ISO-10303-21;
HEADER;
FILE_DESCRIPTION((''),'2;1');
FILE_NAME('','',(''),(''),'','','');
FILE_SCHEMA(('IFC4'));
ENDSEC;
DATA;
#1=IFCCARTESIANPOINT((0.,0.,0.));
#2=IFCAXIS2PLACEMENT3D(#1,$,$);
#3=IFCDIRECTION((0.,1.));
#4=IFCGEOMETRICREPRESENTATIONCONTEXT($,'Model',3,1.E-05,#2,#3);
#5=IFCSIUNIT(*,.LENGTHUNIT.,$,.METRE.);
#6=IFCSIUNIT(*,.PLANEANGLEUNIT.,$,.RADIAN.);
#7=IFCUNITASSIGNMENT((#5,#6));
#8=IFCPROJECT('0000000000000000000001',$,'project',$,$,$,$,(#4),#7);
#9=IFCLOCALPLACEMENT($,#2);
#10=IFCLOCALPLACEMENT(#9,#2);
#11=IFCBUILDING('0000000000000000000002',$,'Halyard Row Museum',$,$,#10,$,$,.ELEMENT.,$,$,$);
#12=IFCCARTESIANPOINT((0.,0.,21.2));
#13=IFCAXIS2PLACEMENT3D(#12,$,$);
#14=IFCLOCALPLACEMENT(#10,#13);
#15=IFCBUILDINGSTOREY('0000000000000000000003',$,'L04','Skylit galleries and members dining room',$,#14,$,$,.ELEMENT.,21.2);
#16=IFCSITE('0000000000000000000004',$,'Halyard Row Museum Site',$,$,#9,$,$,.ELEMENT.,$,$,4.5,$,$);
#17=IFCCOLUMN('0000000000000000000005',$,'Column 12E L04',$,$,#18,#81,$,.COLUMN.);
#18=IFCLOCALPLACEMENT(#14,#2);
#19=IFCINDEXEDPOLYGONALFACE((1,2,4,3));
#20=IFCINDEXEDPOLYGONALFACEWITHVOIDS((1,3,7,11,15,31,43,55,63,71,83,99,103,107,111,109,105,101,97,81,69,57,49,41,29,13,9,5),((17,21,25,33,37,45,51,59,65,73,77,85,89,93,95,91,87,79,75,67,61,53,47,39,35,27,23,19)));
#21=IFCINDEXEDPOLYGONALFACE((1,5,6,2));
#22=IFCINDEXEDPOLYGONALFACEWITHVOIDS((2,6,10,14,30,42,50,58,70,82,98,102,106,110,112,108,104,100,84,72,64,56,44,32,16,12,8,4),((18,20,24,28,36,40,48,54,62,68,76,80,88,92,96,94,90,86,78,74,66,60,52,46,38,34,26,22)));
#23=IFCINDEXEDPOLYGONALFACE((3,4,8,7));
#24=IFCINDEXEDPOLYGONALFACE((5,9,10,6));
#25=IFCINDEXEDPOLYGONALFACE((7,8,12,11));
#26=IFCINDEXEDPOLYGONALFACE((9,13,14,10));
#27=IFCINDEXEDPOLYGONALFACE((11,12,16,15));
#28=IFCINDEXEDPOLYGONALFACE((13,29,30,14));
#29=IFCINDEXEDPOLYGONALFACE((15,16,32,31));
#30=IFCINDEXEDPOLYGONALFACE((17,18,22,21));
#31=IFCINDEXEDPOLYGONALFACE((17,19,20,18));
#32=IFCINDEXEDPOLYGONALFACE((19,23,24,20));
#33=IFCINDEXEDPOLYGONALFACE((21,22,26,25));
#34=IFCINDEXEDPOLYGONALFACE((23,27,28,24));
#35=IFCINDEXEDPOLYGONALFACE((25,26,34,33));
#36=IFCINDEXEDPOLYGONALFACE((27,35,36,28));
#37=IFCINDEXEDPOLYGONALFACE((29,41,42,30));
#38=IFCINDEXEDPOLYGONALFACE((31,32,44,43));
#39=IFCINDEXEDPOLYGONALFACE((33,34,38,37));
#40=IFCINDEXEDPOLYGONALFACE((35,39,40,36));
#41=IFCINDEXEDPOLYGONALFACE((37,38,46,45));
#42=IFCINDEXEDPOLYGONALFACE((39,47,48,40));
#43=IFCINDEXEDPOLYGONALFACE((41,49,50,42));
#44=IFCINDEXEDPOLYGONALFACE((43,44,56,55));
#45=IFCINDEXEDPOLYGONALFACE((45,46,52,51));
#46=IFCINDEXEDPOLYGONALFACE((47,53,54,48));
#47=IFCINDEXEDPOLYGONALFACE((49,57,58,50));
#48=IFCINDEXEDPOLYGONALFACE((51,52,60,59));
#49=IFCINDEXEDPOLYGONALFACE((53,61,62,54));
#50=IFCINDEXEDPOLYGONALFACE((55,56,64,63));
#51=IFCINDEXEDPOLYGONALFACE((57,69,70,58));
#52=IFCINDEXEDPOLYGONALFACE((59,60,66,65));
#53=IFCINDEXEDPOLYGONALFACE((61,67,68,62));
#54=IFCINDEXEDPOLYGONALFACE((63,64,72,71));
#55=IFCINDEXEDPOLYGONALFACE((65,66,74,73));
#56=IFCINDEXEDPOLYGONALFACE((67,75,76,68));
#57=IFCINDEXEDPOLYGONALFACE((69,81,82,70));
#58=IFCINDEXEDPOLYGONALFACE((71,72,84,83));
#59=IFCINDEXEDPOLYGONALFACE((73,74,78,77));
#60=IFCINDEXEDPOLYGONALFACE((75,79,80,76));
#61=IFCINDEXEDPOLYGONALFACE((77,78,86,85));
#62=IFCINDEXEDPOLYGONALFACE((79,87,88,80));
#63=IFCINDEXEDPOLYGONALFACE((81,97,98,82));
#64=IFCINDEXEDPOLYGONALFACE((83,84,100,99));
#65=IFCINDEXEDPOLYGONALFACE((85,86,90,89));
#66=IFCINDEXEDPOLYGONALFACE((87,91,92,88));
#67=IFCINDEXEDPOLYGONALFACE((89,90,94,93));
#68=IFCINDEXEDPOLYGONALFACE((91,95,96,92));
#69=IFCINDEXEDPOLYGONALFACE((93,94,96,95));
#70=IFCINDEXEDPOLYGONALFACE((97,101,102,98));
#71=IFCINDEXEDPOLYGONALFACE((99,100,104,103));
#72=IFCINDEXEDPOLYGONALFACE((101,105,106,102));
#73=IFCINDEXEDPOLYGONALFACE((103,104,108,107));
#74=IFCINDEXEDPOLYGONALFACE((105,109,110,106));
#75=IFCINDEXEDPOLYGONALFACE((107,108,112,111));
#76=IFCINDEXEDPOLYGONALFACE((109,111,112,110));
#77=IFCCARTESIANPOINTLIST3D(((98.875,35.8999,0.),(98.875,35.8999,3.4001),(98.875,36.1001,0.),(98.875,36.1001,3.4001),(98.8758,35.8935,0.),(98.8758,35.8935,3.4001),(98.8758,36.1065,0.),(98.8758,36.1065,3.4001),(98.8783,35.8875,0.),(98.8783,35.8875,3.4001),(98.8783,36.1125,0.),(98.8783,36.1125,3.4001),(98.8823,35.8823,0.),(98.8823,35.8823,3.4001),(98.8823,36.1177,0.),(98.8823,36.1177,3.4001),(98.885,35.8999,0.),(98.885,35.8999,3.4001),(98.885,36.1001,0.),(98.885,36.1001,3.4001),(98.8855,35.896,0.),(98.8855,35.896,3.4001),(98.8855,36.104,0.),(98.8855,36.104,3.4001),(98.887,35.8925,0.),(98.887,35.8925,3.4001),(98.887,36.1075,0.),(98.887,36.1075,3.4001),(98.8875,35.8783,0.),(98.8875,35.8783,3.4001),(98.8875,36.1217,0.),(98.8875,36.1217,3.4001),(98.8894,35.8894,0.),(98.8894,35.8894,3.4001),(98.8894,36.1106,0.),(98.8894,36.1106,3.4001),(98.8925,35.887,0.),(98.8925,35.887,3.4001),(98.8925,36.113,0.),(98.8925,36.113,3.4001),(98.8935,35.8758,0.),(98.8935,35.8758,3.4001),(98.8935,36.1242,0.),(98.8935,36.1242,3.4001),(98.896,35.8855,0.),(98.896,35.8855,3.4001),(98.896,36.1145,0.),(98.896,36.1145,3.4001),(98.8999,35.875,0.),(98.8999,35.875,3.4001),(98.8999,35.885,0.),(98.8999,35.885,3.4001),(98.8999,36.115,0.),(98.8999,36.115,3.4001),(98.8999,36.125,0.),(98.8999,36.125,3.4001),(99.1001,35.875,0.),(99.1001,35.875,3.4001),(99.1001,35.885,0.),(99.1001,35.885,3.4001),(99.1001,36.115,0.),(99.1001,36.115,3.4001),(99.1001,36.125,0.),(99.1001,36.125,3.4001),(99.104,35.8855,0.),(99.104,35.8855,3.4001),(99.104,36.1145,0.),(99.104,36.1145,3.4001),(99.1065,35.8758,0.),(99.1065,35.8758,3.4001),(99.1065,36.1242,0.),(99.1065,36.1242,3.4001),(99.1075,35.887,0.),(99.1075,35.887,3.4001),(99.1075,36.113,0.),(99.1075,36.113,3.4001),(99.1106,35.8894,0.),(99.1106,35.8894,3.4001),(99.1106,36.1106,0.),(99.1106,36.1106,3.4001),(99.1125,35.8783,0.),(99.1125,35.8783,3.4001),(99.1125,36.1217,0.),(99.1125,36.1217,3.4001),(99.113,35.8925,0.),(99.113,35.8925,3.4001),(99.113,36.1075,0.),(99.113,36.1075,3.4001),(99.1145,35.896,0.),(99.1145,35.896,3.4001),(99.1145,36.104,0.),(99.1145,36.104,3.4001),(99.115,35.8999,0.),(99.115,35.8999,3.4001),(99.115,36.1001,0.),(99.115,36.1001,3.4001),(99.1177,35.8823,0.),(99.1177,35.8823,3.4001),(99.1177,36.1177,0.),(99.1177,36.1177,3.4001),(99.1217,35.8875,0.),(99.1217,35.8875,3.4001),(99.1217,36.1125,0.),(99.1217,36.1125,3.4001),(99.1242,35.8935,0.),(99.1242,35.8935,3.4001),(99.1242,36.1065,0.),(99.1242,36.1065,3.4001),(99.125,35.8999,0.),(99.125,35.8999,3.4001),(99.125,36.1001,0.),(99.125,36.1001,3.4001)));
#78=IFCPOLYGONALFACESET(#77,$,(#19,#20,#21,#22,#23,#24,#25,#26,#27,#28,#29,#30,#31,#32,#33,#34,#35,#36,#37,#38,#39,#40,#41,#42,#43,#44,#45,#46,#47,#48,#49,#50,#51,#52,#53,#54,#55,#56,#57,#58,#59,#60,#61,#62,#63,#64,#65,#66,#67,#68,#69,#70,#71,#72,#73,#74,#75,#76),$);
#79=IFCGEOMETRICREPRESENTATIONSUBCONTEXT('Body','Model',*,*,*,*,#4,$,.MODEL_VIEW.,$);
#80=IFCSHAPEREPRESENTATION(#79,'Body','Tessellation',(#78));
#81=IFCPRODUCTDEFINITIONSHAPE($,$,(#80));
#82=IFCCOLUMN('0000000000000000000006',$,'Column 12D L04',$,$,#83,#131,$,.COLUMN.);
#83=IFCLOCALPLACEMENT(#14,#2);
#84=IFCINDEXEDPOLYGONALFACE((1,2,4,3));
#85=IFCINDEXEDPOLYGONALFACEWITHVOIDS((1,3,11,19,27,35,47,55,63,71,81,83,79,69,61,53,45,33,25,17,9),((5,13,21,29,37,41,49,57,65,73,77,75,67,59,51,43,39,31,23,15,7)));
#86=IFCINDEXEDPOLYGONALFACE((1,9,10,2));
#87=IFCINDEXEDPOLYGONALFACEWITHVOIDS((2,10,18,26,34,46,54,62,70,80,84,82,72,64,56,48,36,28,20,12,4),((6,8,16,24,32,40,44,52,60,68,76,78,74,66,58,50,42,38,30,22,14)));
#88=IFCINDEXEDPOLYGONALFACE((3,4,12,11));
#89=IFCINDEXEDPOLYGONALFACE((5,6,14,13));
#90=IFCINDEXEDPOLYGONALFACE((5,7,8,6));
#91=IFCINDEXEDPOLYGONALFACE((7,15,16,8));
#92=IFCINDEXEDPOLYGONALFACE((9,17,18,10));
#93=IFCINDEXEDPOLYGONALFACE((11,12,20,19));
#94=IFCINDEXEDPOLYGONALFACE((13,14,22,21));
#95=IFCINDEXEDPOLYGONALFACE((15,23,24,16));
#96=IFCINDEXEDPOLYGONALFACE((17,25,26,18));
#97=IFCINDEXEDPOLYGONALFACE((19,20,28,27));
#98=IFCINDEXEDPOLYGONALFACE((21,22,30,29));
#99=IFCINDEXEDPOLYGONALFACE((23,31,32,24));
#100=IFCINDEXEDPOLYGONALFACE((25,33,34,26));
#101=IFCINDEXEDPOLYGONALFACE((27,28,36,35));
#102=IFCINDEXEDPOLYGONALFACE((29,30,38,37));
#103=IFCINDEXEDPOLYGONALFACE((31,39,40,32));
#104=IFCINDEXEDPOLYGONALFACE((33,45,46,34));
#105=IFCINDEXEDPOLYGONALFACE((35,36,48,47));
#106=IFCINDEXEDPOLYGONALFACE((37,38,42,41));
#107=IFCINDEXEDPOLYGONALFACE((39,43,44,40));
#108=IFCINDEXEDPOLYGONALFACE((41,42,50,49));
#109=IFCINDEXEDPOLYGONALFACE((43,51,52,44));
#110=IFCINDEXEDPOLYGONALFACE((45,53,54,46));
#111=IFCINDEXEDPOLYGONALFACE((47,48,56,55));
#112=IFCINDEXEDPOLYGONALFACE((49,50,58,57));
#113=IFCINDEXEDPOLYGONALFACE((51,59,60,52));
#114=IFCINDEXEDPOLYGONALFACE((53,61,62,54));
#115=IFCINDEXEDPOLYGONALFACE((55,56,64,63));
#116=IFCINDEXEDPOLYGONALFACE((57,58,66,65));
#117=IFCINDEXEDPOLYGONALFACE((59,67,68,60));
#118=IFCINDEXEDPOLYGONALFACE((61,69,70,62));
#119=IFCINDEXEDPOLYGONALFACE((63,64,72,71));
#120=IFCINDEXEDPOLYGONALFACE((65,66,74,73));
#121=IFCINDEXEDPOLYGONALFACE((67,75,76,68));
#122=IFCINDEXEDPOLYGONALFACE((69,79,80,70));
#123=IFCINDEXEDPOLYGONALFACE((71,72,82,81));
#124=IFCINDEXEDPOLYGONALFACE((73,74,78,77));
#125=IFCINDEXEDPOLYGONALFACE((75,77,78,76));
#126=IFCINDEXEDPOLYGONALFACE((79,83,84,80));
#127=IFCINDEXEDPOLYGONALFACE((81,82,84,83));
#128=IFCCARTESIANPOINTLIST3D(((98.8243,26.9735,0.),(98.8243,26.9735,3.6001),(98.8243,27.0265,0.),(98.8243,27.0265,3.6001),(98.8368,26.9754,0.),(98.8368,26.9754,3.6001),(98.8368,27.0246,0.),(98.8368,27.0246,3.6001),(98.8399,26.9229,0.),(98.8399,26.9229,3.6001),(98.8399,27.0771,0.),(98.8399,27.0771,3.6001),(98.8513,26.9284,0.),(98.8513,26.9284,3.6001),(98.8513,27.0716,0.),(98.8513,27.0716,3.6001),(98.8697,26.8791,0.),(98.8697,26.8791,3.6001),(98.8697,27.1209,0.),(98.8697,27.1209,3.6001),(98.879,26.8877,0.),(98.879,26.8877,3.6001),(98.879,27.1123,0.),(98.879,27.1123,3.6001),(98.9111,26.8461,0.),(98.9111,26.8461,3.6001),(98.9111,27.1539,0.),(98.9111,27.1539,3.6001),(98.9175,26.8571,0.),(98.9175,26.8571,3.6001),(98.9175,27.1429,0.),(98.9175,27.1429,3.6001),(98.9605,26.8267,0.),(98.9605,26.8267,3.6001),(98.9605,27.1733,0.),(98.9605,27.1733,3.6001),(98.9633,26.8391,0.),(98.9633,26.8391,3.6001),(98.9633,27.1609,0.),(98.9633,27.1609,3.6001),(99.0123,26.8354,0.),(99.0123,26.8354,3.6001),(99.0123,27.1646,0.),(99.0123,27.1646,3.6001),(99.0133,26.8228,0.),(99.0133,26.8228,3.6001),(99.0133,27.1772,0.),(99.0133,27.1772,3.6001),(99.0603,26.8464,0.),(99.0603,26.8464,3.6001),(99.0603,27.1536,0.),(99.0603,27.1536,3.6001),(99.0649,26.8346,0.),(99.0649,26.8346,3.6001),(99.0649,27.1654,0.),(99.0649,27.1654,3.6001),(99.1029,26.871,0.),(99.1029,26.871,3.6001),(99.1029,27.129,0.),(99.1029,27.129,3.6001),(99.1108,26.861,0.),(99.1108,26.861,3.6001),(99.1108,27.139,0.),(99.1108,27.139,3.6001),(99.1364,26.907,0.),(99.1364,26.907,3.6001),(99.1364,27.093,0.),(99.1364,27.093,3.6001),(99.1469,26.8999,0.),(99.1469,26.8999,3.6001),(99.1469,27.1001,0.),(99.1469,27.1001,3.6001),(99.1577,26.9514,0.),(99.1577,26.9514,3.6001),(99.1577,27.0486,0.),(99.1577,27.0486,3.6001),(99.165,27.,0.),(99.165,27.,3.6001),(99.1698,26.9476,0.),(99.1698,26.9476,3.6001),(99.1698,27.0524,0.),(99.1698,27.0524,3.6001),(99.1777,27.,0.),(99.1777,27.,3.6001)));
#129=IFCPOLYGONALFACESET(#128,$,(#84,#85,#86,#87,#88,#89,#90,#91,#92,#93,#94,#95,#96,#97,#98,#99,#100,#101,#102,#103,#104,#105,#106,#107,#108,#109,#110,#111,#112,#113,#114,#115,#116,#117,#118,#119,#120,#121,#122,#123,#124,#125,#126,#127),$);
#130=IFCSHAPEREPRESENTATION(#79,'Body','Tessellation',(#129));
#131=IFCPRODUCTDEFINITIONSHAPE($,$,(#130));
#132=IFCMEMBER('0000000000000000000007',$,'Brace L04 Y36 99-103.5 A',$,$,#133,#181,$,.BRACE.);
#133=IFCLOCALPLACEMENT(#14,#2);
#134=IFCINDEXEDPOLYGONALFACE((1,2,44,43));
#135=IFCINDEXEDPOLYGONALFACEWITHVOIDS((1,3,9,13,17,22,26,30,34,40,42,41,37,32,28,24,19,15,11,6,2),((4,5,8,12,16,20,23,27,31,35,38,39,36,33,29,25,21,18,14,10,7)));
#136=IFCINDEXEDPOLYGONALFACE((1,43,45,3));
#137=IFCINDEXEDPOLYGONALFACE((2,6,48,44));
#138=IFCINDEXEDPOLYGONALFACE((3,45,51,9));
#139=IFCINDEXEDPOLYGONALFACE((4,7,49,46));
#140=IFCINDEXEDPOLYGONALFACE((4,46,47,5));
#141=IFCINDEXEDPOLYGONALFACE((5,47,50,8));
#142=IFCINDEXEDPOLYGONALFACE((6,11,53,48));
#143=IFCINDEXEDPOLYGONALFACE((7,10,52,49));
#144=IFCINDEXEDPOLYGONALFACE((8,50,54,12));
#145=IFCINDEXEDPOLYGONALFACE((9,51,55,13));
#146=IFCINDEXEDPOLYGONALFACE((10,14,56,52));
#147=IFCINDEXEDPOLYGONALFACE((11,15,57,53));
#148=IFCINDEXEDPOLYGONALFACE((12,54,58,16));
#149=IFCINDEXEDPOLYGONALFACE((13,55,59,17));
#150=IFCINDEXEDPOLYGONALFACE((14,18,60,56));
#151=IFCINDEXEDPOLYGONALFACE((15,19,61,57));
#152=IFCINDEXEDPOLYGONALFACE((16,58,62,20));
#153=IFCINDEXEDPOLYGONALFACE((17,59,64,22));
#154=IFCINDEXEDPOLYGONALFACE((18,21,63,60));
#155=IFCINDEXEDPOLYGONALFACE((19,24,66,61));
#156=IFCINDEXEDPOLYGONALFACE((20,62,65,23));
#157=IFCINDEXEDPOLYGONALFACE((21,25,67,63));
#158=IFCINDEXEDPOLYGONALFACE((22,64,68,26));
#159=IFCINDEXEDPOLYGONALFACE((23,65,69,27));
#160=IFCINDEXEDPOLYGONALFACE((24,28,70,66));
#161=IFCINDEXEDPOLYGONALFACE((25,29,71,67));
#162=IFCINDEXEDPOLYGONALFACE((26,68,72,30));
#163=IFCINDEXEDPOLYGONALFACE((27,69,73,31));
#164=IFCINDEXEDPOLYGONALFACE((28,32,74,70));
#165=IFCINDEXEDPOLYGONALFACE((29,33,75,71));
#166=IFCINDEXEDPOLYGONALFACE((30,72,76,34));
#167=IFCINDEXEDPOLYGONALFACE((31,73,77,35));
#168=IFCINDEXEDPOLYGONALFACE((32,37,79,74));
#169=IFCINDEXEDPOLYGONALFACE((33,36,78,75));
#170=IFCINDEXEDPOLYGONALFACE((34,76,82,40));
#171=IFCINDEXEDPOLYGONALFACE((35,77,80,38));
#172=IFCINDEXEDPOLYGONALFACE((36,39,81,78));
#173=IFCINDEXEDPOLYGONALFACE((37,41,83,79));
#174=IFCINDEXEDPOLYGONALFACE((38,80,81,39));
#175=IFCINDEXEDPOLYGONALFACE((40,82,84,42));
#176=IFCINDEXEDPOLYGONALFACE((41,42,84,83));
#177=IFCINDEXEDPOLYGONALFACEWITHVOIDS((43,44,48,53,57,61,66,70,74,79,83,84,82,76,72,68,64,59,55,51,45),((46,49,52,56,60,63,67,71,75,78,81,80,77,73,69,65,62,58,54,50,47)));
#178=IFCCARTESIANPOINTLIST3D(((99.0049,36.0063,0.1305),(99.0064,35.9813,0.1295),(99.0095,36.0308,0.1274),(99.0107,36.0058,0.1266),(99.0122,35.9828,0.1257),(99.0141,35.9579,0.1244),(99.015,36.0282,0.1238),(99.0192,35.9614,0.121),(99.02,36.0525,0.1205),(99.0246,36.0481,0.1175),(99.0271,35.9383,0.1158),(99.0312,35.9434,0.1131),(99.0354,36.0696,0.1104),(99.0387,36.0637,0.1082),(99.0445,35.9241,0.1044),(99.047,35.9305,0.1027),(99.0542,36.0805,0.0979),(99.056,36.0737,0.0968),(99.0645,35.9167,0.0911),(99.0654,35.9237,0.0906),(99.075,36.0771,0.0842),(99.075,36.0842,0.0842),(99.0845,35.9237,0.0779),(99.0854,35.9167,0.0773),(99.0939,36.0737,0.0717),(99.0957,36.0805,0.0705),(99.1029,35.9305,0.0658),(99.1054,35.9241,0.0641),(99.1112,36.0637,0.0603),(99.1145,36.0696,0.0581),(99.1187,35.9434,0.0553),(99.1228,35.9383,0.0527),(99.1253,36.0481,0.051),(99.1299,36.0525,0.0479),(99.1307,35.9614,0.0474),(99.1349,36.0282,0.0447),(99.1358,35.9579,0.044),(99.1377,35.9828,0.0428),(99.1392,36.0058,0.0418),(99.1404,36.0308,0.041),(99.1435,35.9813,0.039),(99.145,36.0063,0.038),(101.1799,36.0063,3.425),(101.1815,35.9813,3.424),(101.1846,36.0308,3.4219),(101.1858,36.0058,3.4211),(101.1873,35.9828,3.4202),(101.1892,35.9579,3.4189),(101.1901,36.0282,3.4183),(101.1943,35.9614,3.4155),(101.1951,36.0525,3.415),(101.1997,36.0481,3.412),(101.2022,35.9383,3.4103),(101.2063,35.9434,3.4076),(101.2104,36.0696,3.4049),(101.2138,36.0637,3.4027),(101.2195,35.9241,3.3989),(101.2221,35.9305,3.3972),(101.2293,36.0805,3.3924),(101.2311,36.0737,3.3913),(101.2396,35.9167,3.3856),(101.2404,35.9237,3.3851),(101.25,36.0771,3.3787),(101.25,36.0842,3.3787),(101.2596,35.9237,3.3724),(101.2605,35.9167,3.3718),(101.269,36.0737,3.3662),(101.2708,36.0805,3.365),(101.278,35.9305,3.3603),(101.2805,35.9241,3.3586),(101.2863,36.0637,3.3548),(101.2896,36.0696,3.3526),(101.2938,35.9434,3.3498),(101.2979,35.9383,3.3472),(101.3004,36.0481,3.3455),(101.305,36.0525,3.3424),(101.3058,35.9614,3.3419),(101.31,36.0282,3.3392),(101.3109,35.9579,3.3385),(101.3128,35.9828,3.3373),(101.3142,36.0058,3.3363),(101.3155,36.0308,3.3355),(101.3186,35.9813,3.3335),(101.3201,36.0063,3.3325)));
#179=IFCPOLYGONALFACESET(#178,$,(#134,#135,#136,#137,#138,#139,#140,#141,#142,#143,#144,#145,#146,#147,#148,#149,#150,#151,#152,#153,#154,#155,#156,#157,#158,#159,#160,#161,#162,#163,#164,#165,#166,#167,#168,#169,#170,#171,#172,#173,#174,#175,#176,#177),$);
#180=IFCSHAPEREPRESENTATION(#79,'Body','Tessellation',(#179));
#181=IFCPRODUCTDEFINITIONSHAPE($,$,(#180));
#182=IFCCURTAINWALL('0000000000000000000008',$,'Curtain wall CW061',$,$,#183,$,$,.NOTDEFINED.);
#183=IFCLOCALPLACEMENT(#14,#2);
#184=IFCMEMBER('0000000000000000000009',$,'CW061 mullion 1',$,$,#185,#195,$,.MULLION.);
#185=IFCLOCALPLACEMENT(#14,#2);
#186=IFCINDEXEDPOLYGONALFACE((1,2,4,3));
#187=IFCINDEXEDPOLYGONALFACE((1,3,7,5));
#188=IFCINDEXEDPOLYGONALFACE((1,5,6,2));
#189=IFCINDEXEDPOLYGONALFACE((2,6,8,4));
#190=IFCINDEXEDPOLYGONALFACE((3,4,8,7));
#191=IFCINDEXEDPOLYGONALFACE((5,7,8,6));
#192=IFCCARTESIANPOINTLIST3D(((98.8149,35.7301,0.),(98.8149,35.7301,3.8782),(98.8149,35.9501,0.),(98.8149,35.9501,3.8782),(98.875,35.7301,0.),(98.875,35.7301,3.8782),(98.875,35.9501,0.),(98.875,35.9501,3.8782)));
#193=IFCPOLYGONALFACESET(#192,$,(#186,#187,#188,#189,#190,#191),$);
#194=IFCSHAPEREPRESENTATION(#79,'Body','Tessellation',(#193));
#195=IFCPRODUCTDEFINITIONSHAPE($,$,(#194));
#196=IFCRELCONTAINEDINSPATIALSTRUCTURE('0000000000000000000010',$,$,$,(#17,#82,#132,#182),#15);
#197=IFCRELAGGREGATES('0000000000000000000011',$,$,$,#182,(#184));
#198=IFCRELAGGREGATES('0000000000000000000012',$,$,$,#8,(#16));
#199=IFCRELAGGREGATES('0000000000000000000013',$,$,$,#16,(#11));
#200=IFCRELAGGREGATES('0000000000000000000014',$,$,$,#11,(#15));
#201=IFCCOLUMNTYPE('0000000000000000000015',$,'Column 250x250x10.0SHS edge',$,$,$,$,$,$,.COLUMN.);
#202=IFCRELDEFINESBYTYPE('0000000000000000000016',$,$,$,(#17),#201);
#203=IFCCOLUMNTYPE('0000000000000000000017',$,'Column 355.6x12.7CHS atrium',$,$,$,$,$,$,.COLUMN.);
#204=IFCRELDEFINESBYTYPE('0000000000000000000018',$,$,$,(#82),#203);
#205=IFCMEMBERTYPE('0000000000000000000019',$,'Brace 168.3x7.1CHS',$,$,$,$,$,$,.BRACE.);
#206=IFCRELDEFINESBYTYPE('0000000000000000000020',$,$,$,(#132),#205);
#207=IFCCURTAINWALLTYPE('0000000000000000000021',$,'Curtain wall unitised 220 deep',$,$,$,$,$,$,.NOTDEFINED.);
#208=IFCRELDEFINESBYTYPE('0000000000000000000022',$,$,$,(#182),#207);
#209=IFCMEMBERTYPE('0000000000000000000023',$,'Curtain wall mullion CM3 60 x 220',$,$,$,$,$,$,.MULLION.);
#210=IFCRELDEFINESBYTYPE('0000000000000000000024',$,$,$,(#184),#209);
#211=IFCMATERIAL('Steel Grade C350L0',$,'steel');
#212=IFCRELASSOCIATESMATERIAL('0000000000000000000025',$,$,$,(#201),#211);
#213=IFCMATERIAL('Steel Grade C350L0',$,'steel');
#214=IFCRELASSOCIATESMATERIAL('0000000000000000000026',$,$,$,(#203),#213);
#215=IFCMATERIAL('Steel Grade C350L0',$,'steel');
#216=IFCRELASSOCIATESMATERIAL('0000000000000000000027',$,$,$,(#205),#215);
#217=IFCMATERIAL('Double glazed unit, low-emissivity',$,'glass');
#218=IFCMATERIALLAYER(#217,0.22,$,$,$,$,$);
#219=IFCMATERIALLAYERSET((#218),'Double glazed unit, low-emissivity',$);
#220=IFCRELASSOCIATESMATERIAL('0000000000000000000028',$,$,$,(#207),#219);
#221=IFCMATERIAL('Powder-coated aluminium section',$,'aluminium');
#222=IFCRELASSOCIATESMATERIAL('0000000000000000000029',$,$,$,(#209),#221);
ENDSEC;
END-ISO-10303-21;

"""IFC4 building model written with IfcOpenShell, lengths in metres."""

from ifc_helpers import new_model, si_unit, direction, frame, origin, origin_2d, place, context, subcontext, project, spatial, rectangle, hollow_rectangle, hollow_circle, extrude, material, layer, layer_set, material_profile, profile_set, type_object, element, aggregate, save


model = new_model("IFC4")

# Units and contexts
model_context = context("Model", 3, precision=1e-05, world=origin(), true_north=direction((0.0, 1.0)))
body_context = subcontext(model_context, "Body", "Model", "MODEL_VIEW")
ifc_project = project(units=[si_unit("LENGTHUNIT", "METRE"), si_unit("PLANEANGLEUNIT", "RADIAN")], contexts=[model_context])

# Site, building, storey
site_placement = place(None, origin())
site = spatial("IfcSite", under=ifc_project, at=site_placement, Name="Halyard Row Museum Site", CompositionType="ELEMENT", RefElevation=4.5)
building_placement = place(site_placement, origin())
building = spatial("IfcBuilding", under=site, at=building_placement, Name="Halyard Row Museum", CompositionType="ELEMENT")
storey_placement = place(building_placement, frame((0.0, 0.0, 21.2)))
storey = spatial("IfcBuildingStorey", under=building, at=storey_placement, Name="L04", Description="Skylit galleries and members dining room", CompositionType="ELEMENT", Elevation=21.2)

# Columns
ifc_material_1 = material(Name="Steel Grade C350L0", Category="steel")
ifc_material_profile_1 = material_profile(ifc_material_1, hollow_rectangle(XDim=0.25, YDim=0.25, WallThickness=0.01, InnerFilletRadius=0.0149, OuterFilletRadius=0.0249, at=origin_2d()), Name="250x250x10.0SHS")
ifc_profile_set_1 = profile_set([ifc_material_profile_1], Name="Steel Grade C350L0")
column_type_1 = type_object("IfcColumnType", Name="Column 250x250x10.0SHS edge", PredefinedType="COLUMN", material=ifc_profile_set_1)
column_1_placement = place(storey_placement, frame((99.0, 36.0, 0.0), z_axis=(0.0, 0.0, 1.0), x_axis=(1.0, 0.0, 0.0)))
element("IfcColumn", 1, at=column_1_placement, inside=storey, type_object=column_type_1, Name="Column 12E L04", PredefinedType="COLUMN", context=body_context, shape_type="SweptSolid", body=[
    extrude(hollow_rectangle(XDim=0.25, YDim=0.25, WallThickness=0.01, InnerFilletRadius=0.0149, OuterFilletRadius=0.0249, at=origin_2d()), origin(), (0.0, 0.0, 1.0), 3.4001),
])
ifc_material_2 = material(Name="Steel Grade C350L0", Category="steel")
ifc_material_profile_2 = material_profile(ifc_material_2, hollow_circle(Radius=0.1777, WallThickness=0.0127, at=origin_2d()), Name="355.6x12.7CHS")
ifc_profile_set_2 = profile_set([ifc_material_profile_2], Name="Steel Grade C350L0")
column_type_2 = type_object("IfcColumnType", Name="Column 355.6x12.7CHS atrium", PredefinedType="COLUMN", material=ifc_profile_set_2)
column_2_placement = place(storey_placement, frame((99.0, 27.0, 0.0), z_axis=(0.0, 0.0, 1.0), x_axis=(1.0, 0.0, 0.0)))
element("IfcColumn", 2, at=column_2_placement, inside=storey, type_object=column_type_2, Name="Column 12D L04", PredefinedType="COLUMN", context=body_context, shape_type="SweptSolid", body=[
    extrude(hollow_circle(Radius=0.1777, WallThickness=0.0127, at=origin_2d()), origin(), (0.0, 0.0, 1.0), 3.6001),
])

# Member
ifc_material_3 = material(Name="Steel Grade C350L0", Category="steel")
ifc_material_profile_3 = material_profile(ifc_material_3, hollow_circle(Radius=0.0842, WallThickness=0.0071, at=origin_2d()), Name="168.3x7.1CHS")
ifc_profile_set_3 = profile_set([ifc_material_profile_3], Name="Steel Grade C350L0")
member_type_1 = type_object("IfcMemberType", Name="Brace 168.3x7.1CHS", PredefinedType="BRACE", material=ifc_profile_set_3)
member_1_placement = place(storey_placement, frame((99.075, 36.0, 0.0842), z_axis=(0.55097, 0.0, 0.834525), x_axis=(0.0, 1.0, 0.0)))
element("IfcMember", 3, at=member_1_placement, inside=storey, type_object=member_type_1, Name="Brace L04 Y36 99-103.5 A", PredefinedType="BRACE", context=body_context, shape_type="SweptSolid", body=[
    extrude(hollow_circle(Radius=0.0842, WallThickness=0.0071, at=origin_2d()), origin(), (0.0, 0.0, 1.0), 3.9478),
])

# Curtain wall, member
ifc_material_4 = material(Name="Double glazed unit, low-emissivity", Category="glass")
ifc_layer_1 = layer(ifc_material_4, 0.22)
ifc_layer_set_1 = layer_set([ifc_layer_1], Name="Double glazed unit, low-emissivity")
curtain_wall_type_1 = type_object("IfcCurtainWallType", Name="Curtain wall unitised 220 deep", PredefinedType="NOTDEFINED", material=ifc_layer_set_1)
curtain_wall_1_placement = place(storey_placement, origin())
curtain_wall_1 = element("IfcCurtainWall", 4, at=curtain_wall_1_placement, inside=storey, type_object=curtain_wall_type_1, Name="Curtain wall CW061", PredefinedType="NOTDEFINED")
ifc_material_5 = material(Name="Powder-coated aluminium section", Category="aluminium")
ifc_material_profile_4 = material_profile(ifc_material_5, rectangle(XDim=0.22, YDim=0.0601, at=origin_2d()), Name="220x60 mullion")
ifc_profile_set_4 = profile_set([ifc_material_profile_4], Name="Powder-coated aluminium section")
member_type_2 = type_object("IfcMemberType", Name="Curtain wall mullion CM3 60 x 220", PredefinedType="MULLION", material=ifc_profile_set_4)
member_2_placement = place(storey_placement, frame((98.845, 35.8401, 0.0), z_axis=(0.0, 0.0, 1.0), x_axis=(0.0, -1.0, 0.0)))
member_2 = element("IfcMember", 5, at=member_2_placement, type_object=member_type_2, Name="CW061 mullion 1", PredefinedType="MULLION", context=body_context, shape_type="SweptSolid", body=[
    extrude(rectangle(XDim=0.22, YDim=0.0601, at=origin_2d()), origin(), (0.0, 0.0, 1.0), 3.8782),
])

aggregate(curtain_wall_1, [member_2])

save(model, "model.ifc")
